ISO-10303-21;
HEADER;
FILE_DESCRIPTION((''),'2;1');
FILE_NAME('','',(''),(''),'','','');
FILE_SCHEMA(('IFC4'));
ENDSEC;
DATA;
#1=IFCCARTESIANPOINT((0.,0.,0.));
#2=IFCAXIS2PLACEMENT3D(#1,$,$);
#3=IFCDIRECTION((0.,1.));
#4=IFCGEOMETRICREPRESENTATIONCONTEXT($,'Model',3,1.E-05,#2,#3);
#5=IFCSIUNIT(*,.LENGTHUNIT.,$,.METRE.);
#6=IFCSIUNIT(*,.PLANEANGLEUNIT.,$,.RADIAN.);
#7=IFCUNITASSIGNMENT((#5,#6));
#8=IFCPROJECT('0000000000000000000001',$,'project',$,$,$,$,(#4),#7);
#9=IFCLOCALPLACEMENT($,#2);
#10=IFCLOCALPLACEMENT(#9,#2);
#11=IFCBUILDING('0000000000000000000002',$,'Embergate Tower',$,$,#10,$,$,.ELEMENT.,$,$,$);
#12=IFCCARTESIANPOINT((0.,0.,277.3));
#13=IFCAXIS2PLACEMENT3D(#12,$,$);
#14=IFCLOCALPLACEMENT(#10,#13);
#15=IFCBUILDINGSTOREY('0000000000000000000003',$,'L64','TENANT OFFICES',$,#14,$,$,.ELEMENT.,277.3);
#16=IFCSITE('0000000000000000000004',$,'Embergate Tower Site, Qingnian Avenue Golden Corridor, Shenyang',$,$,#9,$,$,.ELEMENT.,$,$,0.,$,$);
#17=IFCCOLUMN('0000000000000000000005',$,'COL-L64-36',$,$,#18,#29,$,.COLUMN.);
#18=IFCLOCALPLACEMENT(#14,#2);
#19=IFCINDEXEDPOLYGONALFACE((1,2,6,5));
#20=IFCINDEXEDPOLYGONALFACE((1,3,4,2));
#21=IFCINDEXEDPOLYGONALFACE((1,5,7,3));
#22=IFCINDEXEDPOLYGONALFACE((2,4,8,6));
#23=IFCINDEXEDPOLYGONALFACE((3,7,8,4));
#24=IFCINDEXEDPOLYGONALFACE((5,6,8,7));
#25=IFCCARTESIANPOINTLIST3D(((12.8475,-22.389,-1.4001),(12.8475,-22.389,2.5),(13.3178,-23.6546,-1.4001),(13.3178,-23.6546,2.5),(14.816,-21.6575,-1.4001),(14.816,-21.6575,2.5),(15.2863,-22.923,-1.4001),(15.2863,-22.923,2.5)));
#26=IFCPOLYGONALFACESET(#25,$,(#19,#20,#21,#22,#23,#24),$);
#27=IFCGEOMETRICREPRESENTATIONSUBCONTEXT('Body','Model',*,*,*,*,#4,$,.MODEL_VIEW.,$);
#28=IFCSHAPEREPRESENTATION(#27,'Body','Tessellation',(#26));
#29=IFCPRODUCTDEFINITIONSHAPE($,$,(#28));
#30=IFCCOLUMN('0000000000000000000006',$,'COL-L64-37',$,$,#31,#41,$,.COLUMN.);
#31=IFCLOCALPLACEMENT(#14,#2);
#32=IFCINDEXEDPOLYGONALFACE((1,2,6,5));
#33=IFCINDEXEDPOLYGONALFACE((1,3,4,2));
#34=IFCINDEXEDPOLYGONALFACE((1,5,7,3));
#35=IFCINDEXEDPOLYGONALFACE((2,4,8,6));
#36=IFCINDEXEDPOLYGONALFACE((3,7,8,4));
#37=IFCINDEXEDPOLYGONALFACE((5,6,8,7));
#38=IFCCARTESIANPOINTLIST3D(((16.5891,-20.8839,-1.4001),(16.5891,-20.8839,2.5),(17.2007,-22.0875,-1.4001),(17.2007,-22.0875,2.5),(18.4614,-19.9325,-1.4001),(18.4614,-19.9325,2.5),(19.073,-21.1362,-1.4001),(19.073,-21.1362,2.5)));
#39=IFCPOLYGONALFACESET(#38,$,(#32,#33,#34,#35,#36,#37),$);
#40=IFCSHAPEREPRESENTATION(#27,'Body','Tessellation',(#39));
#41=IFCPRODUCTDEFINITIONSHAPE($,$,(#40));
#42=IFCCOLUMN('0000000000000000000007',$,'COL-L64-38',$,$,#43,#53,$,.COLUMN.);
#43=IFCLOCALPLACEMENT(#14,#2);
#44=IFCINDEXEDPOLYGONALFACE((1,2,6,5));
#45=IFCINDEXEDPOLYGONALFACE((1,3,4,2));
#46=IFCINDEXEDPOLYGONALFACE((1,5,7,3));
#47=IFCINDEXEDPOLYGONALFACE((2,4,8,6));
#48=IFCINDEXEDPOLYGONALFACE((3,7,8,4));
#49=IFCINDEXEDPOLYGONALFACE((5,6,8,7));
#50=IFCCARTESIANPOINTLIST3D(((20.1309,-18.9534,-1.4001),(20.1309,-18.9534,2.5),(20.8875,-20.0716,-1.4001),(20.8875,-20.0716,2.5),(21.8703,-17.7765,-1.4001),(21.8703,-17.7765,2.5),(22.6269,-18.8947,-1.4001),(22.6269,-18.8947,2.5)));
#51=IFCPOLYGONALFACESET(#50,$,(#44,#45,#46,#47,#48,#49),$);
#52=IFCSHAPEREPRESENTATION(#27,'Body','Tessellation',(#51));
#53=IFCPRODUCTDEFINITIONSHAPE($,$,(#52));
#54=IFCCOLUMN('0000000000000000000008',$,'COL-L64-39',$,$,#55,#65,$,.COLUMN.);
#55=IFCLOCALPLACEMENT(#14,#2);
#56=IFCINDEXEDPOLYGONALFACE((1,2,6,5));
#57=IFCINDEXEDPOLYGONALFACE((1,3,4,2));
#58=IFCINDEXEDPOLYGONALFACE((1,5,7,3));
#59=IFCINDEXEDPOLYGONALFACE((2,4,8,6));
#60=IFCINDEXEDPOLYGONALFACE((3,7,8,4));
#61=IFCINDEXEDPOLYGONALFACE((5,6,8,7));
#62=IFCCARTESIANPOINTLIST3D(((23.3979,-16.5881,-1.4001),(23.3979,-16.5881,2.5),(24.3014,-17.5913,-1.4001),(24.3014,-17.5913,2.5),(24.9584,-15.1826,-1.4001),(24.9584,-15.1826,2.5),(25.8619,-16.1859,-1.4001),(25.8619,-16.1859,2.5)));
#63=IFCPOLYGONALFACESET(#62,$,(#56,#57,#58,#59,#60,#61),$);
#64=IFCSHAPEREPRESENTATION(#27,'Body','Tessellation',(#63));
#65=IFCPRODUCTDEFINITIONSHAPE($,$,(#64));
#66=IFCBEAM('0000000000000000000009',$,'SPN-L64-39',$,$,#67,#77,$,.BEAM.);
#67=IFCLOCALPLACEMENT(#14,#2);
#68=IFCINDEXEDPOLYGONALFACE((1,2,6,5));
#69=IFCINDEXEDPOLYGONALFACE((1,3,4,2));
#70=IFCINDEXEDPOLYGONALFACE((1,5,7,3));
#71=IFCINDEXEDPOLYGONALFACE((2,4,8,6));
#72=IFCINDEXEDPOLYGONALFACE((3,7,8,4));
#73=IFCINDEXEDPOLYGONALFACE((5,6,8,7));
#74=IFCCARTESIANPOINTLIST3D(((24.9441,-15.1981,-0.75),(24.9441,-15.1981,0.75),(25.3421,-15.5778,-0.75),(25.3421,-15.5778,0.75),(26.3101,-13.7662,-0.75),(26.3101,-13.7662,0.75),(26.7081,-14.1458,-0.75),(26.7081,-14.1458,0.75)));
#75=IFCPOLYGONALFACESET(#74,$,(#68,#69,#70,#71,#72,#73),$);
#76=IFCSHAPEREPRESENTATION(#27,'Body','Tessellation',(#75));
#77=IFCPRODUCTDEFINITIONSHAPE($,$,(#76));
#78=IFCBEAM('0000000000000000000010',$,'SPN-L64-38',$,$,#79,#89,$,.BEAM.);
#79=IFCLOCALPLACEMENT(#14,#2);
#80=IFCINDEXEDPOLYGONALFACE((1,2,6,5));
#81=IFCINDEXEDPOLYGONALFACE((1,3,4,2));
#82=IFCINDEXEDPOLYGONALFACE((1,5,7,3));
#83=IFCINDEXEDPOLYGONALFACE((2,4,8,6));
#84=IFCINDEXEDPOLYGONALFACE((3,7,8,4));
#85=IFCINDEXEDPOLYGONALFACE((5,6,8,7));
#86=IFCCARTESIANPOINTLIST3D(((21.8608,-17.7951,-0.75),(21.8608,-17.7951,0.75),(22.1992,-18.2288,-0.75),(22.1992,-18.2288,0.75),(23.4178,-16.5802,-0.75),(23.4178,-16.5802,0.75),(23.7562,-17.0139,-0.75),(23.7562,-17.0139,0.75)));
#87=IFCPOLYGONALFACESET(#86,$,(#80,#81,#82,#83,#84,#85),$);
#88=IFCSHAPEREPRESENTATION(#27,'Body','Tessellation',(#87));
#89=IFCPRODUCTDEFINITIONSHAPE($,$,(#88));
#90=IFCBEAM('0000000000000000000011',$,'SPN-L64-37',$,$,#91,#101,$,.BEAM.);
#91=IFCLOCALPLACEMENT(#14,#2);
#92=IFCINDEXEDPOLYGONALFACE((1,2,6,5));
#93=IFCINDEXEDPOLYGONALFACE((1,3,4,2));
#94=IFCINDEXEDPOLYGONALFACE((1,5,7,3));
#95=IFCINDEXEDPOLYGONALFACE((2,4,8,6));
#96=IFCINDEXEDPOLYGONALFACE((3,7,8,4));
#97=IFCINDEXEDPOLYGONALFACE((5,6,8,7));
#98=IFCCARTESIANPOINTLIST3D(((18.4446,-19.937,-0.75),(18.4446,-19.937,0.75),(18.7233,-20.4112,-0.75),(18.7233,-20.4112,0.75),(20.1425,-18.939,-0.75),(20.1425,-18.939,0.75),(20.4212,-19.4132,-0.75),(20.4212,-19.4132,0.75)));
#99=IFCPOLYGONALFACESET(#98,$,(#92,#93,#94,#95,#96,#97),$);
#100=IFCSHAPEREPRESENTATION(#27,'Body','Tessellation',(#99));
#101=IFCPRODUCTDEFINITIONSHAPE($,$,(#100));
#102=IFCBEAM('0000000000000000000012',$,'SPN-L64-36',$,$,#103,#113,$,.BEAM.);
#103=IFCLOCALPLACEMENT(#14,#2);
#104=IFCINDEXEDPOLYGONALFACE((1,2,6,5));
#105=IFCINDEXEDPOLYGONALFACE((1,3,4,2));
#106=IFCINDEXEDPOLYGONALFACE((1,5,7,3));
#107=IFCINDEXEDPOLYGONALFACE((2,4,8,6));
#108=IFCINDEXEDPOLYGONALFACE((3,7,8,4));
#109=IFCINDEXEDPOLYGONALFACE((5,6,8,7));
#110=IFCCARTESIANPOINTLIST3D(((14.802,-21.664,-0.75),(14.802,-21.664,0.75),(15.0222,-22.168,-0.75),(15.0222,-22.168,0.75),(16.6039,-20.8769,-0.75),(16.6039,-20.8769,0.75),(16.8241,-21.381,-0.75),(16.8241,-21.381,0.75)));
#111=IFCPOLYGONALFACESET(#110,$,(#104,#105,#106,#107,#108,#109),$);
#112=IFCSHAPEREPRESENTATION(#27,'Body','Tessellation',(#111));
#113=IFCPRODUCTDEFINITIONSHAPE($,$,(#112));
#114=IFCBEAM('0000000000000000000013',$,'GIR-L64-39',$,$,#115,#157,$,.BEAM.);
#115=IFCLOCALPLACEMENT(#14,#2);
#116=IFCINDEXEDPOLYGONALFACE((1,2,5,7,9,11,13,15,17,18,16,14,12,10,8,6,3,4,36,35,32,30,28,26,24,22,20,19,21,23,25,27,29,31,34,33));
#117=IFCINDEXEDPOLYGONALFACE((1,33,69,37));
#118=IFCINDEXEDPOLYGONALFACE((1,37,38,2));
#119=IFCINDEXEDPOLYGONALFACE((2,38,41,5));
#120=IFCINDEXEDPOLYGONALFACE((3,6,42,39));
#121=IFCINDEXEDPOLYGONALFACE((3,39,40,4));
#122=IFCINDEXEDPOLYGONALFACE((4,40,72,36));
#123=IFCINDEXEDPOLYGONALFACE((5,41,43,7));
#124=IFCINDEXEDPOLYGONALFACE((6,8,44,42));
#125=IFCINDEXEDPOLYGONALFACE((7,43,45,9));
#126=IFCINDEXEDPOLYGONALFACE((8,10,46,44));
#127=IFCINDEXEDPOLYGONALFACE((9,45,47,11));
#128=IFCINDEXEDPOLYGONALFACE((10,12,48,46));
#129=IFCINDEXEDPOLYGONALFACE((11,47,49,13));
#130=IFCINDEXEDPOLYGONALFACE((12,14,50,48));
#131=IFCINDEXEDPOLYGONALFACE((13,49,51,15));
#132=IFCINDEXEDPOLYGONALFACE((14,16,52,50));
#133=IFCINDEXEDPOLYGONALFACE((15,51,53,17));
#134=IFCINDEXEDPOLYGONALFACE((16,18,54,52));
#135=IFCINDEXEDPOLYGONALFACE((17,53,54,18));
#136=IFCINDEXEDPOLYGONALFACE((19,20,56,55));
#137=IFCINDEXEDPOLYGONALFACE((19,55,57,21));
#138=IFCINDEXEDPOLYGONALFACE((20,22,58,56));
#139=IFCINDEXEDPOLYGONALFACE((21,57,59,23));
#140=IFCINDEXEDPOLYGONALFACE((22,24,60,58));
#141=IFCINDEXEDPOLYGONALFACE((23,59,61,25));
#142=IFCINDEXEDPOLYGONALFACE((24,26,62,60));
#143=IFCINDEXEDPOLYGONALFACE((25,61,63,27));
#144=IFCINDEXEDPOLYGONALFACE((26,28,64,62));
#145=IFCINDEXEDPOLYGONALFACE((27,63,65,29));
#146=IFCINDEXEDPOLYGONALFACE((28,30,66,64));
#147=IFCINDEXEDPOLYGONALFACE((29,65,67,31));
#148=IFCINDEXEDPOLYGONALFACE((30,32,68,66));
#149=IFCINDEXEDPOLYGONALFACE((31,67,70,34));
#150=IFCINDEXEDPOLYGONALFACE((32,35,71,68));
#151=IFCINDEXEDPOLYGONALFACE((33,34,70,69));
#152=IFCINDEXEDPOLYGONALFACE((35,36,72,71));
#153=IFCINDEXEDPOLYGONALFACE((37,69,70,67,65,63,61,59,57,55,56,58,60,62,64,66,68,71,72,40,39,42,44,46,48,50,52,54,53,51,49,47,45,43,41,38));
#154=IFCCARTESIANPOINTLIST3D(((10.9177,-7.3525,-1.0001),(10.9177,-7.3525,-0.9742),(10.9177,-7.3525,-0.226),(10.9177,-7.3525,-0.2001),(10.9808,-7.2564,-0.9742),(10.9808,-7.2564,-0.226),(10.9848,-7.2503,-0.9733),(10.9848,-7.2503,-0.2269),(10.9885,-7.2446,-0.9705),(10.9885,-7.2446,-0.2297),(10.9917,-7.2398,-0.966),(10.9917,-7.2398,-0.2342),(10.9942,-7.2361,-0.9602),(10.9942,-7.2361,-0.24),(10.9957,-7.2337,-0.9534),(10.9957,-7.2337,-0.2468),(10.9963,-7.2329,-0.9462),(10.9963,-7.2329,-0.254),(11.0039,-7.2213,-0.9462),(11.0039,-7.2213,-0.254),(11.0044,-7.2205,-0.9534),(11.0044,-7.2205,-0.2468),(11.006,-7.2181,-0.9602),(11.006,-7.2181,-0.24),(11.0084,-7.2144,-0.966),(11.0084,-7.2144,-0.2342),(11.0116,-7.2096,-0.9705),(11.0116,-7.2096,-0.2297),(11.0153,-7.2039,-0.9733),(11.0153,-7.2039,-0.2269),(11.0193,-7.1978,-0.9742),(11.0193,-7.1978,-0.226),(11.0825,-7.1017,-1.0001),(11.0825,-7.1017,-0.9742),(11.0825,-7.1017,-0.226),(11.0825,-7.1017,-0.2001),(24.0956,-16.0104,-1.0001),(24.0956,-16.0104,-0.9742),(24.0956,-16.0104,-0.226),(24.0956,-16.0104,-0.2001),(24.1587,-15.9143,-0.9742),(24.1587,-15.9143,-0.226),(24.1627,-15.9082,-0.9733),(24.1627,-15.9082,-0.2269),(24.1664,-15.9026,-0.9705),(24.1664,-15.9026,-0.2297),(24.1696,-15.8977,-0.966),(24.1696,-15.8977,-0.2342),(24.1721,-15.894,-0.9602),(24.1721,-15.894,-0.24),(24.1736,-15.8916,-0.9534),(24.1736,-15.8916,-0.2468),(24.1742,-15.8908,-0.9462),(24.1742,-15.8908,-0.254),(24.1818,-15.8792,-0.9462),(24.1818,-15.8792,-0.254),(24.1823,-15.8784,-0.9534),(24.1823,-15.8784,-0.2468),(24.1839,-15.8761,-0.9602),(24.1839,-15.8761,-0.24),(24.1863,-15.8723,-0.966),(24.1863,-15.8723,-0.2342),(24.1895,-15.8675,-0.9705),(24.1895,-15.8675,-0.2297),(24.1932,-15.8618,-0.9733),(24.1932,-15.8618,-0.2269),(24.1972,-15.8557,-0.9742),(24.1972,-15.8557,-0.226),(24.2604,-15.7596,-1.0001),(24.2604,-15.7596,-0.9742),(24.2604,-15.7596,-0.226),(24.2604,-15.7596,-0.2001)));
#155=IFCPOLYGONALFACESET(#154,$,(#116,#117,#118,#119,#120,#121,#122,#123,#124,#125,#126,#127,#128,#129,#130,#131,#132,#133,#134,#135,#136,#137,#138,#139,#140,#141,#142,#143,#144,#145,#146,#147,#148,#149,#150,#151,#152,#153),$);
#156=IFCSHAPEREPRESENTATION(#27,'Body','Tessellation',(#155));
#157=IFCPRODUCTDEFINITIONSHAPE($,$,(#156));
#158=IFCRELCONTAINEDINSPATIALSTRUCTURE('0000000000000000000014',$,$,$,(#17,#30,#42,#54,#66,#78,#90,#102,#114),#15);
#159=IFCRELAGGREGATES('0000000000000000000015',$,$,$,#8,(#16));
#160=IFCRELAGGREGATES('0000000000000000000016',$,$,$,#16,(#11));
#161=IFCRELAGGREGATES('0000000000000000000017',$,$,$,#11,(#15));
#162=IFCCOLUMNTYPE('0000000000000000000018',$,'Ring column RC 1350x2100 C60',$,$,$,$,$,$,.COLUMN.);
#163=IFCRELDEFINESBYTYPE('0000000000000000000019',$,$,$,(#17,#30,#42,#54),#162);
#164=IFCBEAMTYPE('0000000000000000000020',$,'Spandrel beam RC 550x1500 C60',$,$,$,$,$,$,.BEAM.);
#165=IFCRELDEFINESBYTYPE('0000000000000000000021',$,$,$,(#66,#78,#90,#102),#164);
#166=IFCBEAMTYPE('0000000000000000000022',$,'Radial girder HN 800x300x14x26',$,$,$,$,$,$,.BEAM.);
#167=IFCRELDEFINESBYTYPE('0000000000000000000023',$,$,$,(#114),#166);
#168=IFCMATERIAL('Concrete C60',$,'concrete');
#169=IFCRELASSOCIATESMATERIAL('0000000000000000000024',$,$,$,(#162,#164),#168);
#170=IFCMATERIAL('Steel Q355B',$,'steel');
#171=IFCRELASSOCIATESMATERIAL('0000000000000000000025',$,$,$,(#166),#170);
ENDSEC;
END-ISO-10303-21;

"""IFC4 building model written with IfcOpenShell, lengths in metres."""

from ifc_helpers import new_model, si_unit, direction, frame, origin, origin_2d, place, context, subcontext, project, spatial, rectangle, i_section, extrude, source, transform, mapped, material, material_profile, profile_set, type_object, element, save


model = new_model("IFC4")

# Units and contexts
model_context = context("Model", 3, precision=1e-05, world=origin(), true_north=direction((0.0, 1.0)))
body_context = subcontext(model_context, "Body", "Model", "MODEL_VIEW")
ifc_project = project(units=[si_unit("LENGTHUNIT", "METRE"), si_unit("PLANEANGLEUNIT", "RADIAN")], contexts=[model_context])

# Site, building, storey
site_placement = place(None, origin())
site = spatial("IfcSite", under=ifc_project, at=site_placement, Name="Embergate Tower Site, Qingnian Avenue Golden Corridor, Shenyang", CompositionType="ELEMENT", RefElevation=0.0)
building_placement = place(site_placement, origin())
building = spatial("IfcBuilding", under=site, at=building_placement, Name="Embergate Tower", CompositionType="ELEMENT")
storey_placement = place(building_placement, frame((0.0, 0.0, 277.3)))
storey = spatial("IfcBuildingStorey", under=building, at=storey_placement, Name="L64", Description="TENANT OFFICES", CompositionType="ELEMENT", Elevation=277.3)

# Columns
ifc_material_1 = material(Name="Concrete C60", Category="concrete")
ifc_material_profile_1 = material_profile(ifc_material_1, rectangle(XDim=1.3501, YDim=2.1001, at=origin_2d()), Name="RC 1350x2100")
ifc_profile_set_1 = profile_set([ifc_material_profile_1], Name="Concrete C60")
column_type = type_object("IfcColumnType", Name="Ring column RC 1350x2100 C60", PredefinedType="COLUMN", material=ifc_profile_set_1)
shared_shape_1 = source(origin(), body_context, "Body", "SweptSolid", [
    extrude(rectangle(XDim=1.3501, YDim=2.1001, at=origin_2d()), origin(), (0.0, 0.0, 1.0), 3.9001),
])
for number, where, z_axis, x_axis, name in (
    (1, (14.0669, -22.656, -1.4001), (0.0, 0.0, 1.0), (0.348343, -0.937367, 0.0), "COL-L64-36"),
    (2, (17.8311, -21.01, -1.4001), (0.0, 0.0, 1.0), (0.452995, -0.891513, 0.0), "COL-L64-37"),
    (3, (21.3789, -18.9241, -1.4001), (0.0, 0.0, 1.0), (0.560393, -0.828227, 0.0), "COL-L64-38"),
    (4, (24.6299, -16.387, -1.4001), (0.0, 0.0, 1.0), (0.669208, -0.743075, 0.0), "COL-L64-39"),
):
    element("IfcColumn", number, at=place(storey_placement, frame(where, z_axis=z_axis, x_axis=x_axis)), inside=storey, type_object=column_type, Name=name, PredefinedType="COLUMN", context=body_context, shape_type="MappedRepresentation", body=[
        mapped(shared_shape_1, transform((0.0, 0.0, 0.0))),
    ])

# Beams
ifc_material_profile_2 = material_profile(ifc_material_1, rectangle(XDim=0.55, YDim=1.5, at=origin_2d()), Name="RC 550x1500")
ifc_profile_set_2 = profile_set([ifc_material_profile_2], Name="Concrete C60")
beam_type_1 = type_object("IfcBeamType", Name="Spandrel beam RC 550x1500 C60", PredefinedType="BEAM", material=ifc_profile_set_2)
shared_shape_2 = source(origin(), body_context, "Body", "SweptSolid", [
    extrude(rectangle(XDim=0.55, YDim=1.5, at=origin_2d()), origin(), (0.0, 0.0, 1.0), 1.979),
])
beam_1_placement = place(storey_placement, frame((25.1431, -15.3879, 0.0), z_axis=(0.690256, 0.723566, 0.0), x_axis=(-0.723566, 0.690256, 0.0)))
element("IfcBeam", 5, at=beam_1_placement, inside=storey, type_object=beam_type_1, Name="SPN-L64-39", PredefinedType="BEAM", context=body_context, shape_type="MappedRepresentation", body=[
    mapped(shared_shape_2, transform((0.0, 0.0, 0.0))),
])
shared_shape_3 = source(origin(), body_context, "Body", "SweptSolid", [
    extrude(rectangle(XDim=0.55, YDim=1.5, at=origin_2d()), origin(), (0.0, 0.0, 1.0), 1.9749),
])
beam_2_placement = place(storey_placement, frame((22.03, -18.012, 0.0), z_axis=(0.788386, 0.615181, 0.0), x_axis=(-0.615181, 0.788386, 0.0)))
element("IfcBeam", 6, at=beam_2_placement, inside=storey, type_object=beam_type_1, Name="SPN-L64-38", PredefinedType="BEAM", context=body_context, shape_type="MappedRepresentation", body=[
    mapped(shared_shape_3, transform((0.0, 0.0, 0.0))),
])
shared_shape_4 = source(origin(), body_context, "Body", "SweptSolid", [
    extrude(rectangle(XDim=0.55, YDim=1.5, at=origin_2d()), origin(), (0.0, 0.0, 1.0), 1.9695),
])
beam_3_placement = place(storey_placement, frame((18.584, -20.1741, 0.0), z_axis=(0.862106, 0.506728, 0.0), x_axis=(-0.506728, 0.862106, 0.0)))
element("IfcBeam", 7, at=beam_3_placement, inside=storey, type_object=beam_type_1, Name="SPN-L64-37", PredefinedType="BEAM", context=body_context, shape_type="MappedRepresentation", body=[
    mapped(shared_shape_4, transform((0.0, 0.0, 0.0))),
])
shared_shape_5 = source(origin(), body_context, "Body", "SweptSolid", [
    extrude(rectangle(XDim=0.55, YDim=1.5, at=origin_2d()), origin(), (0.0, 0.0, 1.0), 1.9663),
])
beam_4_placement = place(storey_placement, frame((14.9121, -21.916, 0.0), z_axis=(0.916394, 0.400278, 0.0), x_axis=(-0.400278, 0.916394, 0.0)))
element("IfcBeam", 8, at=beam_4_placement, inside=storey, type_object=beam_type_1, Name="SPN-L64-36", PredefinedType="BEAM", context=body_context, shape_type="MappedRepresentation", body=[
    mapped(shared_shape_5, transform((0.0, 0.0, 0.0))),
])
ifc_material_2 = material(Name="Steel Q355B", Category="steel")
ifc_material_profile_3 = material_profile(ifc_material_2, i_section(OverallWidth=0.3, OverallDepth=0.8, WebThickness=0.0139, FlangeThickness=0.0259, FilletRadius=0.0281, at=origin_2d()), Name="HN 800x300x14x26")
ifc_profile_set_3 = profile_set([ifc_material_profile_3], Name="Steel Q355 grade B")
beam_type_2 = type_object("IfcBeamType", Name="Radial girder HN 800x300x14x26", PredefinedType="BEAM", material=ifc_profile_set_3)
shared_shape_6 = source(origin(), body_context, "Body", "SweptSolid", [
    extrude(i_section(OverallWidth=0.3, OverallDepth=0.8, WebThickness=0.0139, FlangeThickness=0.0259, FilletRadius=0.0281, at=origin_2d()), origin(), (0.0, 0.0, 1.0), 15.7676),
])
beam_5_placement = place(storey_placement, frame((24.178, -15.885, -0.6001), z_axis=(-0.835759, 0.549096, 0.0), x_axis=(-0.549096, -0.835759, 0.0)))
element("IfcBeam", 9, at=beam_5_placement, inside=storey, type_object=beam_type_2, Name="GIR-L64-39", PredefinedType="BEAM", context=body_context, shape_type="MappedRepresentation", body=[
    mapped(shared_shape_6, transform((0.0, 0.0, 0.0))),
])

save(model, "model.ifc")
